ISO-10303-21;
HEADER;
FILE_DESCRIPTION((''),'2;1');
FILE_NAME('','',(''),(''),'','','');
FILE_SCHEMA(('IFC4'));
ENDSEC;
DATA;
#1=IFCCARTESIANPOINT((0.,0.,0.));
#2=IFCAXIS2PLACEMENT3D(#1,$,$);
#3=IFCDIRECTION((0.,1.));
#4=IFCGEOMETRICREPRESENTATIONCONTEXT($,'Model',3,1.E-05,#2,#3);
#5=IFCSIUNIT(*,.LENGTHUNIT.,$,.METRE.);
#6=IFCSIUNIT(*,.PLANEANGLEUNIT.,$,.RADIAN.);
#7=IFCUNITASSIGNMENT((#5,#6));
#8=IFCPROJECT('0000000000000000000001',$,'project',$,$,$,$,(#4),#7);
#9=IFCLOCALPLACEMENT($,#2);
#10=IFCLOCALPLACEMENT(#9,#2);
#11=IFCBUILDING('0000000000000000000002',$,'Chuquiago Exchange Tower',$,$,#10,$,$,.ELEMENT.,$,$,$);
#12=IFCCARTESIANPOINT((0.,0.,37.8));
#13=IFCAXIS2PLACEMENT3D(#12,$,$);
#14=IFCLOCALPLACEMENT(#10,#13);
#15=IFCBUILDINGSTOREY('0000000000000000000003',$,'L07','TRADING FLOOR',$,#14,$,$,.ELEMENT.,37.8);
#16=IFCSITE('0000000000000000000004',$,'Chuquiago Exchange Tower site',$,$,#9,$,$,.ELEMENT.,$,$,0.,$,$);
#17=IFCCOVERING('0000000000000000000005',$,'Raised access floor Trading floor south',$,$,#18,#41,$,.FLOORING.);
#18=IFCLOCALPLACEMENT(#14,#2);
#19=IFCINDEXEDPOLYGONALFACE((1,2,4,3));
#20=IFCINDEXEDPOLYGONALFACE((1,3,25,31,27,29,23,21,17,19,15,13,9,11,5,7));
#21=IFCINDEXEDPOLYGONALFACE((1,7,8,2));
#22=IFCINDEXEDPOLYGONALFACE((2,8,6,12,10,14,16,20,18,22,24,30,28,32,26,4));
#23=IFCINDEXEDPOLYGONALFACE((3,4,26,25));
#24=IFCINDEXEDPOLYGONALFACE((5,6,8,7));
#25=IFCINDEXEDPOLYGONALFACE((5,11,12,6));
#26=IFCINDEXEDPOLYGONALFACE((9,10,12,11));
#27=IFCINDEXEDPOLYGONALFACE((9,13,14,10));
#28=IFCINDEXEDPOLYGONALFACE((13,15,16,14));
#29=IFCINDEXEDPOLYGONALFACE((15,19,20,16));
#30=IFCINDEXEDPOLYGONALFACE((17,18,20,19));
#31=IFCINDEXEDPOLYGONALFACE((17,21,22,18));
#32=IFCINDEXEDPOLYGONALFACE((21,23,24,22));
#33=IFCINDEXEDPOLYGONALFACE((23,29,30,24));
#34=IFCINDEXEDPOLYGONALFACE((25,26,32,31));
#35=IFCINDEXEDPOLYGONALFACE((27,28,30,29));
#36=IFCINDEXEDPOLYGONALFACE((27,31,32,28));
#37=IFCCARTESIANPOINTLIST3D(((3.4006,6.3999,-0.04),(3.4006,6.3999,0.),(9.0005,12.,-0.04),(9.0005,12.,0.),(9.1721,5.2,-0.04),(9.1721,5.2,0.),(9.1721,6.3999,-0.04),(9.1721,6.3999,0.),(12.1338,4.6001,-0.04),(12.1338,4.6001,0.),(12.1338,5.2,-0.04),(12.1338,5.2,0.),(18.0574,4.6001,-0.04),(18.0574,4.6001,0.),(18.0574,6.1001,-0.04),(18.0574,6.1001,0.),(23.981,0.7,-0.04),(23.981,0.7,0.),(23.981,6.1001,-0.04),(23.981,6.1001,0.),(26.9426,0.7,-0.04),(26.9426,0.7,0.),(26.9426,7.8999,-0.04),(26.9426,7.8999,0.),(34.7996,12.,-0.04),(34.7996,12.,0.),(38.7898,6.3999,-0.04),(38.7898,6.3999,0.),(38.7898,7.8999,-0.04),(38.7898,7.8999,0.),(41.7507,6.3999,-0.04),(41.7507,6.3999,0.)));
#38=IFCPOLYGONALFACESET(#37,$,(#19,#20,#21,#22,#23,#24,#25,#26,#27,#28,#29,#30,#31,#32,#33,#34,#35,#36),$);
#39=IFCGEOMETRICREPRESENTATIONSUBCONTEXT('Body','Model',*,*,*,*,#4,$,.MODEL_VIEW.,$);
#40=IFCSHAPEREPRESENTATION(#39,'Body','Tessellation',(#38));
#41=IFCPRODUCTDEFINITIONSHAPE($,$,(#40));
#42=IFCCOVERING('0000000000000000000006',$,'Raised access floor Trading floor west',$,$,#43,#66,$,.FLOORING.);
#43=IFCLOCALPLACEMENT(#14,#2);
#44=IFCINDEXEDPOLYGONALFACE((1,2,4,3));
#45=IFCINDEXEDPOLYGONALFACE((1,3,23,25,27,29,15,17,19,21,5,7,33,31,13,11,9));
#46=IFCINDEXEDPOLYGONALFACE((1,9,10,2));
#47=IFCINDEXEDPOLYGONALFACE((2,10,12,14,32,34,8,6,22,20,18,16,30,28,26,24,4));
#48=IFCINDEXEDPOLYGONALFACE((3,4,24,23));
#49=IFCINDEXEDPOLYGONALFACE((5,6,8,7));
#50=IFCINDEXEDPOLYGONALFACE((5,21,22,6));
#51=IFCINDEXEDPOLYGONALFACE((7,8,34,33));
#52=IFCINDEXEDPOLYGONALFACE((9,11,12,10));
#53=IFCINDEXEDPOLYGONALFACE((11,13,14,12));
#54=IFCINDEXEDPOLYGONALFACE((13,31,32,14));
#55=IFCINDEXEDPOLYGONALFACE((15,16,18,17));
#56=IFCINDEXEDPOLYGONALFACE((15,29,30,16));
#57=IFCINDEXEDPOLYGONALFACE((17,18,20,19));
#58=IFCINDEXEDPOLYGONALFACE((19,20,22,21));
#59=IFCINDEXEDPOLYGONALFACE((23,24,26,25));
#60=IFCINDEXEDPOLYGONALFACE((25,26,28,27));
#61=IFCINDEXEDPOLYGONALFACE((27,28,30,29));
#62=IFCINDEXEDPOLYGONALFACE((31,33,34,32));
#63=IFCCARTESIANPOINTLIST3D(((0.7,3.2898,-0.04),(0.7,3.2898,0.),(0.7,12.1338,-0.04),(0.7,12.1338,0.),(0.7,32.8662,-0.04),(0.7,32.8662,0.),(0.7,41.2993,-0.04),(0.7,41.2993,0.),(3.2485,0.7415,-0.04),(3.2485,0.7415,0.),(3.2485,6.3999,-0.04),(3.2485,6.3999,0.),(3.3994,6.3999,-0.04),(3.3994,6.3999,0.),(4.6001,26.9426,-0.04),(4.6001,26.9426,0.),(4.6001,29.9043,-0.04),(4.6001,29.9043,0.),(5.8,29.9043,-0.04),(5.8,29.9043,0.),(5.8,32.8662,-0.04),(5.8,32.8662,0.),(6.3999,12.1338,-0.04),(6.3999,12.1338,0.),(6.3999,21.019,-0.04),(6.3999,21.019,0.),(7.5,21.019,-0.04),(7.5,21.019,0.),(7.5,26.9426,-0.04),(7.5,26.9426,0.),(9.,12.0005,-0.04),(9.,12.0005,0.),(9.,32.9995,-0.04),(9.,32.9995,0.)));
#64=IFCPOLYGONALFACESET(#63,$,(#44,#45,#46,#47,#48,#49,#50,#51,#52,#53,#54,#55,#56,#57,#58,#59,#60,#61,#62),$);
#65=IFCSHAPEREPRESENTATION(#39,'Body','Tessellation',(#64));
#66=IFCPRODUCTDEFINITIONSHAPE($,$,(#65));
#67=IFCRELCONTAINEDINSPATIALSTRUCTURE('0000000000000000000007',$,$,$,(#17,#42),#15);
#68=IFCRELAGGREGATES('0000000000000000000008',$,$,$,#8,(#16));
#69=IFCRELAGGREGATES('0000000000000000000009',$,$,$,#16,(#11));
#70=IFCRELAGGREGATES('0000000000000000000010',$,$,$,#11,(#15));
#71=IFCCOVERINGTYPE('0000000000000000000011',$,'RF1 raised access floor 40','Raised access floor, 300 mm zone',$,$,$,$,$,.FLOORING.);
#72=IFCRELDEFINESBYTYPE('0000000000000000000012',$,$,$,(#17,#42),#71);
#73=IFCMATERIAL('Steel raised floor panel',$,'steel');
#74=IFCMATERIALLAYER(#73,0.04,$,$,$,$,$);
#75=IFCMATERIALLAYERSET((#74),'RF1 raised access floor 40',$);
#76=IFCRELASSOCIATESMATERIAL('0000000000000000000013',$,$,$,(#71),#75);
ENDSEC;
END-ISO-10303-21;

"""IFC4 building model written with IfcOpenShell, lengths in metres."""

from ifc_helpers import new_model, si_unit, direction, frame, origin, place, context, subcontext, project, spatial, polyline, outline, extrude, material, layer, layer_set, type_object, element, save


model = new_model("IFC4")

# Units and contexts
model_context = context("Model", 3, precision=1e-05, world=origin(), true_north=direction((0.0, 1.0)))
body_context = subcontext(model_context, "Body", "Model", "MODEL_VIEW")
ifc_project = project(units=[si_unit("LENGTHUNIT", "METRE"), si_unit("PLANEANGLEUNIT", "RADIAN")], contexts=[model_context])

# Site, building, storey
site_placement = place(None, origin())
site = spatial("IfcSite", under=ifc_project, at=site_placement, Name="Chuquiago Exchange Tower site", CompositionType="ELEMENT", RefElevation=0.0)
building_placement = place(site_placement, origin())
building = spatial("IfcBuilding", under=site, at=building_placement, Name="Chuquiago Exchange Tower", CompositionType="ELEMENT")
storey_placement = place(building_placement, frame((0.0, 0.0, 37.8)))
storey = spatial("IfcBuildingStorey", under=building, at=storey_placement, Name="L07", Description="TRADING FLOOR", CompositionType="ELEMENT", Elevation=37.8)

# Coverings
ifc_material_1 = material(Name="Steel raised floor panel", Category="steel")
ifc_layer_1 = layer(ifc_material_1, 0.04)
ifc_layer_set_1 = layer_set([ifc_layer_1], Name="RF1 raised access floor 40")
covering_type_1 = type_object("IfcCoveringType", Name="RF1 raised access floor 40", Description="Raised access floor, 300 mm zone", PredefinedType="FLOORING", material=ifc_layer_set_1)
covering_1_placement = place(storey_placement, frame((0.0, 0.0, -0.04)))
element("IfcCovering", 1, at=covering_1_placement, inside=storey, type_object=covering_type_1, Name="Raised access floor Trading floor south", PredefinedType="FLOORING", context=body_context, shape_type="SweptSolid", body=[
    extrude(outline(polyline([(38.7898, 6.3999), (38.7898, 7.8999), (26.9426, 7.8999), (26.9426, 0.7), (23.981, 0.7), (23.981, 6.1001), (18.0574, 6.1001), (18.0574, 4.6001), (12.1338, 4.6001), (12.1338, 5.2), (9.1721, 5.2), (9.1721, 6.3999), (3.4006, 6.3999), (9.0005, 12.0), (34.7996, 12.0), (41.7507, 6.3999), (38.7898, 6.3999)])), origin(), (0.0, 0.0, 1.0), 0.04),
])
covering_2_placement = place(storey_placement, frame((0.0, 0.0, -0.04)))
element("IfcCovering", 2, at=covering_2_placement, inside=storey, type_object=covering_type_1, Name="Raised access floor Trading floor west", PredefinedType="FLOORING", context=body_context, shape_type="SweptSolid", body=[
    extrude(outline(polyline([(6.3999, 12.1338), (6.3999, 21.019), (7.5, 21.019), (7.5, 26.9426), (4.6001, 26.9426), (4.6001, 29.9043), (5.8, 29.9043), (5.8, 32.8662), (0.7, 32.8662), (0.7, 41.2993), (9.0, 32.9995), (9.0, 12.0005), (3.3994, 6.3999), (3.2485, 6.3999), (3.2485, 0.7415), (0.7, 3.2898), (0.7, 12.1338), (6.3999, 12.1338)])), origin(), (0.0, 0.0, 1.0), 0.04),
])

save(model, "model.ifc")
